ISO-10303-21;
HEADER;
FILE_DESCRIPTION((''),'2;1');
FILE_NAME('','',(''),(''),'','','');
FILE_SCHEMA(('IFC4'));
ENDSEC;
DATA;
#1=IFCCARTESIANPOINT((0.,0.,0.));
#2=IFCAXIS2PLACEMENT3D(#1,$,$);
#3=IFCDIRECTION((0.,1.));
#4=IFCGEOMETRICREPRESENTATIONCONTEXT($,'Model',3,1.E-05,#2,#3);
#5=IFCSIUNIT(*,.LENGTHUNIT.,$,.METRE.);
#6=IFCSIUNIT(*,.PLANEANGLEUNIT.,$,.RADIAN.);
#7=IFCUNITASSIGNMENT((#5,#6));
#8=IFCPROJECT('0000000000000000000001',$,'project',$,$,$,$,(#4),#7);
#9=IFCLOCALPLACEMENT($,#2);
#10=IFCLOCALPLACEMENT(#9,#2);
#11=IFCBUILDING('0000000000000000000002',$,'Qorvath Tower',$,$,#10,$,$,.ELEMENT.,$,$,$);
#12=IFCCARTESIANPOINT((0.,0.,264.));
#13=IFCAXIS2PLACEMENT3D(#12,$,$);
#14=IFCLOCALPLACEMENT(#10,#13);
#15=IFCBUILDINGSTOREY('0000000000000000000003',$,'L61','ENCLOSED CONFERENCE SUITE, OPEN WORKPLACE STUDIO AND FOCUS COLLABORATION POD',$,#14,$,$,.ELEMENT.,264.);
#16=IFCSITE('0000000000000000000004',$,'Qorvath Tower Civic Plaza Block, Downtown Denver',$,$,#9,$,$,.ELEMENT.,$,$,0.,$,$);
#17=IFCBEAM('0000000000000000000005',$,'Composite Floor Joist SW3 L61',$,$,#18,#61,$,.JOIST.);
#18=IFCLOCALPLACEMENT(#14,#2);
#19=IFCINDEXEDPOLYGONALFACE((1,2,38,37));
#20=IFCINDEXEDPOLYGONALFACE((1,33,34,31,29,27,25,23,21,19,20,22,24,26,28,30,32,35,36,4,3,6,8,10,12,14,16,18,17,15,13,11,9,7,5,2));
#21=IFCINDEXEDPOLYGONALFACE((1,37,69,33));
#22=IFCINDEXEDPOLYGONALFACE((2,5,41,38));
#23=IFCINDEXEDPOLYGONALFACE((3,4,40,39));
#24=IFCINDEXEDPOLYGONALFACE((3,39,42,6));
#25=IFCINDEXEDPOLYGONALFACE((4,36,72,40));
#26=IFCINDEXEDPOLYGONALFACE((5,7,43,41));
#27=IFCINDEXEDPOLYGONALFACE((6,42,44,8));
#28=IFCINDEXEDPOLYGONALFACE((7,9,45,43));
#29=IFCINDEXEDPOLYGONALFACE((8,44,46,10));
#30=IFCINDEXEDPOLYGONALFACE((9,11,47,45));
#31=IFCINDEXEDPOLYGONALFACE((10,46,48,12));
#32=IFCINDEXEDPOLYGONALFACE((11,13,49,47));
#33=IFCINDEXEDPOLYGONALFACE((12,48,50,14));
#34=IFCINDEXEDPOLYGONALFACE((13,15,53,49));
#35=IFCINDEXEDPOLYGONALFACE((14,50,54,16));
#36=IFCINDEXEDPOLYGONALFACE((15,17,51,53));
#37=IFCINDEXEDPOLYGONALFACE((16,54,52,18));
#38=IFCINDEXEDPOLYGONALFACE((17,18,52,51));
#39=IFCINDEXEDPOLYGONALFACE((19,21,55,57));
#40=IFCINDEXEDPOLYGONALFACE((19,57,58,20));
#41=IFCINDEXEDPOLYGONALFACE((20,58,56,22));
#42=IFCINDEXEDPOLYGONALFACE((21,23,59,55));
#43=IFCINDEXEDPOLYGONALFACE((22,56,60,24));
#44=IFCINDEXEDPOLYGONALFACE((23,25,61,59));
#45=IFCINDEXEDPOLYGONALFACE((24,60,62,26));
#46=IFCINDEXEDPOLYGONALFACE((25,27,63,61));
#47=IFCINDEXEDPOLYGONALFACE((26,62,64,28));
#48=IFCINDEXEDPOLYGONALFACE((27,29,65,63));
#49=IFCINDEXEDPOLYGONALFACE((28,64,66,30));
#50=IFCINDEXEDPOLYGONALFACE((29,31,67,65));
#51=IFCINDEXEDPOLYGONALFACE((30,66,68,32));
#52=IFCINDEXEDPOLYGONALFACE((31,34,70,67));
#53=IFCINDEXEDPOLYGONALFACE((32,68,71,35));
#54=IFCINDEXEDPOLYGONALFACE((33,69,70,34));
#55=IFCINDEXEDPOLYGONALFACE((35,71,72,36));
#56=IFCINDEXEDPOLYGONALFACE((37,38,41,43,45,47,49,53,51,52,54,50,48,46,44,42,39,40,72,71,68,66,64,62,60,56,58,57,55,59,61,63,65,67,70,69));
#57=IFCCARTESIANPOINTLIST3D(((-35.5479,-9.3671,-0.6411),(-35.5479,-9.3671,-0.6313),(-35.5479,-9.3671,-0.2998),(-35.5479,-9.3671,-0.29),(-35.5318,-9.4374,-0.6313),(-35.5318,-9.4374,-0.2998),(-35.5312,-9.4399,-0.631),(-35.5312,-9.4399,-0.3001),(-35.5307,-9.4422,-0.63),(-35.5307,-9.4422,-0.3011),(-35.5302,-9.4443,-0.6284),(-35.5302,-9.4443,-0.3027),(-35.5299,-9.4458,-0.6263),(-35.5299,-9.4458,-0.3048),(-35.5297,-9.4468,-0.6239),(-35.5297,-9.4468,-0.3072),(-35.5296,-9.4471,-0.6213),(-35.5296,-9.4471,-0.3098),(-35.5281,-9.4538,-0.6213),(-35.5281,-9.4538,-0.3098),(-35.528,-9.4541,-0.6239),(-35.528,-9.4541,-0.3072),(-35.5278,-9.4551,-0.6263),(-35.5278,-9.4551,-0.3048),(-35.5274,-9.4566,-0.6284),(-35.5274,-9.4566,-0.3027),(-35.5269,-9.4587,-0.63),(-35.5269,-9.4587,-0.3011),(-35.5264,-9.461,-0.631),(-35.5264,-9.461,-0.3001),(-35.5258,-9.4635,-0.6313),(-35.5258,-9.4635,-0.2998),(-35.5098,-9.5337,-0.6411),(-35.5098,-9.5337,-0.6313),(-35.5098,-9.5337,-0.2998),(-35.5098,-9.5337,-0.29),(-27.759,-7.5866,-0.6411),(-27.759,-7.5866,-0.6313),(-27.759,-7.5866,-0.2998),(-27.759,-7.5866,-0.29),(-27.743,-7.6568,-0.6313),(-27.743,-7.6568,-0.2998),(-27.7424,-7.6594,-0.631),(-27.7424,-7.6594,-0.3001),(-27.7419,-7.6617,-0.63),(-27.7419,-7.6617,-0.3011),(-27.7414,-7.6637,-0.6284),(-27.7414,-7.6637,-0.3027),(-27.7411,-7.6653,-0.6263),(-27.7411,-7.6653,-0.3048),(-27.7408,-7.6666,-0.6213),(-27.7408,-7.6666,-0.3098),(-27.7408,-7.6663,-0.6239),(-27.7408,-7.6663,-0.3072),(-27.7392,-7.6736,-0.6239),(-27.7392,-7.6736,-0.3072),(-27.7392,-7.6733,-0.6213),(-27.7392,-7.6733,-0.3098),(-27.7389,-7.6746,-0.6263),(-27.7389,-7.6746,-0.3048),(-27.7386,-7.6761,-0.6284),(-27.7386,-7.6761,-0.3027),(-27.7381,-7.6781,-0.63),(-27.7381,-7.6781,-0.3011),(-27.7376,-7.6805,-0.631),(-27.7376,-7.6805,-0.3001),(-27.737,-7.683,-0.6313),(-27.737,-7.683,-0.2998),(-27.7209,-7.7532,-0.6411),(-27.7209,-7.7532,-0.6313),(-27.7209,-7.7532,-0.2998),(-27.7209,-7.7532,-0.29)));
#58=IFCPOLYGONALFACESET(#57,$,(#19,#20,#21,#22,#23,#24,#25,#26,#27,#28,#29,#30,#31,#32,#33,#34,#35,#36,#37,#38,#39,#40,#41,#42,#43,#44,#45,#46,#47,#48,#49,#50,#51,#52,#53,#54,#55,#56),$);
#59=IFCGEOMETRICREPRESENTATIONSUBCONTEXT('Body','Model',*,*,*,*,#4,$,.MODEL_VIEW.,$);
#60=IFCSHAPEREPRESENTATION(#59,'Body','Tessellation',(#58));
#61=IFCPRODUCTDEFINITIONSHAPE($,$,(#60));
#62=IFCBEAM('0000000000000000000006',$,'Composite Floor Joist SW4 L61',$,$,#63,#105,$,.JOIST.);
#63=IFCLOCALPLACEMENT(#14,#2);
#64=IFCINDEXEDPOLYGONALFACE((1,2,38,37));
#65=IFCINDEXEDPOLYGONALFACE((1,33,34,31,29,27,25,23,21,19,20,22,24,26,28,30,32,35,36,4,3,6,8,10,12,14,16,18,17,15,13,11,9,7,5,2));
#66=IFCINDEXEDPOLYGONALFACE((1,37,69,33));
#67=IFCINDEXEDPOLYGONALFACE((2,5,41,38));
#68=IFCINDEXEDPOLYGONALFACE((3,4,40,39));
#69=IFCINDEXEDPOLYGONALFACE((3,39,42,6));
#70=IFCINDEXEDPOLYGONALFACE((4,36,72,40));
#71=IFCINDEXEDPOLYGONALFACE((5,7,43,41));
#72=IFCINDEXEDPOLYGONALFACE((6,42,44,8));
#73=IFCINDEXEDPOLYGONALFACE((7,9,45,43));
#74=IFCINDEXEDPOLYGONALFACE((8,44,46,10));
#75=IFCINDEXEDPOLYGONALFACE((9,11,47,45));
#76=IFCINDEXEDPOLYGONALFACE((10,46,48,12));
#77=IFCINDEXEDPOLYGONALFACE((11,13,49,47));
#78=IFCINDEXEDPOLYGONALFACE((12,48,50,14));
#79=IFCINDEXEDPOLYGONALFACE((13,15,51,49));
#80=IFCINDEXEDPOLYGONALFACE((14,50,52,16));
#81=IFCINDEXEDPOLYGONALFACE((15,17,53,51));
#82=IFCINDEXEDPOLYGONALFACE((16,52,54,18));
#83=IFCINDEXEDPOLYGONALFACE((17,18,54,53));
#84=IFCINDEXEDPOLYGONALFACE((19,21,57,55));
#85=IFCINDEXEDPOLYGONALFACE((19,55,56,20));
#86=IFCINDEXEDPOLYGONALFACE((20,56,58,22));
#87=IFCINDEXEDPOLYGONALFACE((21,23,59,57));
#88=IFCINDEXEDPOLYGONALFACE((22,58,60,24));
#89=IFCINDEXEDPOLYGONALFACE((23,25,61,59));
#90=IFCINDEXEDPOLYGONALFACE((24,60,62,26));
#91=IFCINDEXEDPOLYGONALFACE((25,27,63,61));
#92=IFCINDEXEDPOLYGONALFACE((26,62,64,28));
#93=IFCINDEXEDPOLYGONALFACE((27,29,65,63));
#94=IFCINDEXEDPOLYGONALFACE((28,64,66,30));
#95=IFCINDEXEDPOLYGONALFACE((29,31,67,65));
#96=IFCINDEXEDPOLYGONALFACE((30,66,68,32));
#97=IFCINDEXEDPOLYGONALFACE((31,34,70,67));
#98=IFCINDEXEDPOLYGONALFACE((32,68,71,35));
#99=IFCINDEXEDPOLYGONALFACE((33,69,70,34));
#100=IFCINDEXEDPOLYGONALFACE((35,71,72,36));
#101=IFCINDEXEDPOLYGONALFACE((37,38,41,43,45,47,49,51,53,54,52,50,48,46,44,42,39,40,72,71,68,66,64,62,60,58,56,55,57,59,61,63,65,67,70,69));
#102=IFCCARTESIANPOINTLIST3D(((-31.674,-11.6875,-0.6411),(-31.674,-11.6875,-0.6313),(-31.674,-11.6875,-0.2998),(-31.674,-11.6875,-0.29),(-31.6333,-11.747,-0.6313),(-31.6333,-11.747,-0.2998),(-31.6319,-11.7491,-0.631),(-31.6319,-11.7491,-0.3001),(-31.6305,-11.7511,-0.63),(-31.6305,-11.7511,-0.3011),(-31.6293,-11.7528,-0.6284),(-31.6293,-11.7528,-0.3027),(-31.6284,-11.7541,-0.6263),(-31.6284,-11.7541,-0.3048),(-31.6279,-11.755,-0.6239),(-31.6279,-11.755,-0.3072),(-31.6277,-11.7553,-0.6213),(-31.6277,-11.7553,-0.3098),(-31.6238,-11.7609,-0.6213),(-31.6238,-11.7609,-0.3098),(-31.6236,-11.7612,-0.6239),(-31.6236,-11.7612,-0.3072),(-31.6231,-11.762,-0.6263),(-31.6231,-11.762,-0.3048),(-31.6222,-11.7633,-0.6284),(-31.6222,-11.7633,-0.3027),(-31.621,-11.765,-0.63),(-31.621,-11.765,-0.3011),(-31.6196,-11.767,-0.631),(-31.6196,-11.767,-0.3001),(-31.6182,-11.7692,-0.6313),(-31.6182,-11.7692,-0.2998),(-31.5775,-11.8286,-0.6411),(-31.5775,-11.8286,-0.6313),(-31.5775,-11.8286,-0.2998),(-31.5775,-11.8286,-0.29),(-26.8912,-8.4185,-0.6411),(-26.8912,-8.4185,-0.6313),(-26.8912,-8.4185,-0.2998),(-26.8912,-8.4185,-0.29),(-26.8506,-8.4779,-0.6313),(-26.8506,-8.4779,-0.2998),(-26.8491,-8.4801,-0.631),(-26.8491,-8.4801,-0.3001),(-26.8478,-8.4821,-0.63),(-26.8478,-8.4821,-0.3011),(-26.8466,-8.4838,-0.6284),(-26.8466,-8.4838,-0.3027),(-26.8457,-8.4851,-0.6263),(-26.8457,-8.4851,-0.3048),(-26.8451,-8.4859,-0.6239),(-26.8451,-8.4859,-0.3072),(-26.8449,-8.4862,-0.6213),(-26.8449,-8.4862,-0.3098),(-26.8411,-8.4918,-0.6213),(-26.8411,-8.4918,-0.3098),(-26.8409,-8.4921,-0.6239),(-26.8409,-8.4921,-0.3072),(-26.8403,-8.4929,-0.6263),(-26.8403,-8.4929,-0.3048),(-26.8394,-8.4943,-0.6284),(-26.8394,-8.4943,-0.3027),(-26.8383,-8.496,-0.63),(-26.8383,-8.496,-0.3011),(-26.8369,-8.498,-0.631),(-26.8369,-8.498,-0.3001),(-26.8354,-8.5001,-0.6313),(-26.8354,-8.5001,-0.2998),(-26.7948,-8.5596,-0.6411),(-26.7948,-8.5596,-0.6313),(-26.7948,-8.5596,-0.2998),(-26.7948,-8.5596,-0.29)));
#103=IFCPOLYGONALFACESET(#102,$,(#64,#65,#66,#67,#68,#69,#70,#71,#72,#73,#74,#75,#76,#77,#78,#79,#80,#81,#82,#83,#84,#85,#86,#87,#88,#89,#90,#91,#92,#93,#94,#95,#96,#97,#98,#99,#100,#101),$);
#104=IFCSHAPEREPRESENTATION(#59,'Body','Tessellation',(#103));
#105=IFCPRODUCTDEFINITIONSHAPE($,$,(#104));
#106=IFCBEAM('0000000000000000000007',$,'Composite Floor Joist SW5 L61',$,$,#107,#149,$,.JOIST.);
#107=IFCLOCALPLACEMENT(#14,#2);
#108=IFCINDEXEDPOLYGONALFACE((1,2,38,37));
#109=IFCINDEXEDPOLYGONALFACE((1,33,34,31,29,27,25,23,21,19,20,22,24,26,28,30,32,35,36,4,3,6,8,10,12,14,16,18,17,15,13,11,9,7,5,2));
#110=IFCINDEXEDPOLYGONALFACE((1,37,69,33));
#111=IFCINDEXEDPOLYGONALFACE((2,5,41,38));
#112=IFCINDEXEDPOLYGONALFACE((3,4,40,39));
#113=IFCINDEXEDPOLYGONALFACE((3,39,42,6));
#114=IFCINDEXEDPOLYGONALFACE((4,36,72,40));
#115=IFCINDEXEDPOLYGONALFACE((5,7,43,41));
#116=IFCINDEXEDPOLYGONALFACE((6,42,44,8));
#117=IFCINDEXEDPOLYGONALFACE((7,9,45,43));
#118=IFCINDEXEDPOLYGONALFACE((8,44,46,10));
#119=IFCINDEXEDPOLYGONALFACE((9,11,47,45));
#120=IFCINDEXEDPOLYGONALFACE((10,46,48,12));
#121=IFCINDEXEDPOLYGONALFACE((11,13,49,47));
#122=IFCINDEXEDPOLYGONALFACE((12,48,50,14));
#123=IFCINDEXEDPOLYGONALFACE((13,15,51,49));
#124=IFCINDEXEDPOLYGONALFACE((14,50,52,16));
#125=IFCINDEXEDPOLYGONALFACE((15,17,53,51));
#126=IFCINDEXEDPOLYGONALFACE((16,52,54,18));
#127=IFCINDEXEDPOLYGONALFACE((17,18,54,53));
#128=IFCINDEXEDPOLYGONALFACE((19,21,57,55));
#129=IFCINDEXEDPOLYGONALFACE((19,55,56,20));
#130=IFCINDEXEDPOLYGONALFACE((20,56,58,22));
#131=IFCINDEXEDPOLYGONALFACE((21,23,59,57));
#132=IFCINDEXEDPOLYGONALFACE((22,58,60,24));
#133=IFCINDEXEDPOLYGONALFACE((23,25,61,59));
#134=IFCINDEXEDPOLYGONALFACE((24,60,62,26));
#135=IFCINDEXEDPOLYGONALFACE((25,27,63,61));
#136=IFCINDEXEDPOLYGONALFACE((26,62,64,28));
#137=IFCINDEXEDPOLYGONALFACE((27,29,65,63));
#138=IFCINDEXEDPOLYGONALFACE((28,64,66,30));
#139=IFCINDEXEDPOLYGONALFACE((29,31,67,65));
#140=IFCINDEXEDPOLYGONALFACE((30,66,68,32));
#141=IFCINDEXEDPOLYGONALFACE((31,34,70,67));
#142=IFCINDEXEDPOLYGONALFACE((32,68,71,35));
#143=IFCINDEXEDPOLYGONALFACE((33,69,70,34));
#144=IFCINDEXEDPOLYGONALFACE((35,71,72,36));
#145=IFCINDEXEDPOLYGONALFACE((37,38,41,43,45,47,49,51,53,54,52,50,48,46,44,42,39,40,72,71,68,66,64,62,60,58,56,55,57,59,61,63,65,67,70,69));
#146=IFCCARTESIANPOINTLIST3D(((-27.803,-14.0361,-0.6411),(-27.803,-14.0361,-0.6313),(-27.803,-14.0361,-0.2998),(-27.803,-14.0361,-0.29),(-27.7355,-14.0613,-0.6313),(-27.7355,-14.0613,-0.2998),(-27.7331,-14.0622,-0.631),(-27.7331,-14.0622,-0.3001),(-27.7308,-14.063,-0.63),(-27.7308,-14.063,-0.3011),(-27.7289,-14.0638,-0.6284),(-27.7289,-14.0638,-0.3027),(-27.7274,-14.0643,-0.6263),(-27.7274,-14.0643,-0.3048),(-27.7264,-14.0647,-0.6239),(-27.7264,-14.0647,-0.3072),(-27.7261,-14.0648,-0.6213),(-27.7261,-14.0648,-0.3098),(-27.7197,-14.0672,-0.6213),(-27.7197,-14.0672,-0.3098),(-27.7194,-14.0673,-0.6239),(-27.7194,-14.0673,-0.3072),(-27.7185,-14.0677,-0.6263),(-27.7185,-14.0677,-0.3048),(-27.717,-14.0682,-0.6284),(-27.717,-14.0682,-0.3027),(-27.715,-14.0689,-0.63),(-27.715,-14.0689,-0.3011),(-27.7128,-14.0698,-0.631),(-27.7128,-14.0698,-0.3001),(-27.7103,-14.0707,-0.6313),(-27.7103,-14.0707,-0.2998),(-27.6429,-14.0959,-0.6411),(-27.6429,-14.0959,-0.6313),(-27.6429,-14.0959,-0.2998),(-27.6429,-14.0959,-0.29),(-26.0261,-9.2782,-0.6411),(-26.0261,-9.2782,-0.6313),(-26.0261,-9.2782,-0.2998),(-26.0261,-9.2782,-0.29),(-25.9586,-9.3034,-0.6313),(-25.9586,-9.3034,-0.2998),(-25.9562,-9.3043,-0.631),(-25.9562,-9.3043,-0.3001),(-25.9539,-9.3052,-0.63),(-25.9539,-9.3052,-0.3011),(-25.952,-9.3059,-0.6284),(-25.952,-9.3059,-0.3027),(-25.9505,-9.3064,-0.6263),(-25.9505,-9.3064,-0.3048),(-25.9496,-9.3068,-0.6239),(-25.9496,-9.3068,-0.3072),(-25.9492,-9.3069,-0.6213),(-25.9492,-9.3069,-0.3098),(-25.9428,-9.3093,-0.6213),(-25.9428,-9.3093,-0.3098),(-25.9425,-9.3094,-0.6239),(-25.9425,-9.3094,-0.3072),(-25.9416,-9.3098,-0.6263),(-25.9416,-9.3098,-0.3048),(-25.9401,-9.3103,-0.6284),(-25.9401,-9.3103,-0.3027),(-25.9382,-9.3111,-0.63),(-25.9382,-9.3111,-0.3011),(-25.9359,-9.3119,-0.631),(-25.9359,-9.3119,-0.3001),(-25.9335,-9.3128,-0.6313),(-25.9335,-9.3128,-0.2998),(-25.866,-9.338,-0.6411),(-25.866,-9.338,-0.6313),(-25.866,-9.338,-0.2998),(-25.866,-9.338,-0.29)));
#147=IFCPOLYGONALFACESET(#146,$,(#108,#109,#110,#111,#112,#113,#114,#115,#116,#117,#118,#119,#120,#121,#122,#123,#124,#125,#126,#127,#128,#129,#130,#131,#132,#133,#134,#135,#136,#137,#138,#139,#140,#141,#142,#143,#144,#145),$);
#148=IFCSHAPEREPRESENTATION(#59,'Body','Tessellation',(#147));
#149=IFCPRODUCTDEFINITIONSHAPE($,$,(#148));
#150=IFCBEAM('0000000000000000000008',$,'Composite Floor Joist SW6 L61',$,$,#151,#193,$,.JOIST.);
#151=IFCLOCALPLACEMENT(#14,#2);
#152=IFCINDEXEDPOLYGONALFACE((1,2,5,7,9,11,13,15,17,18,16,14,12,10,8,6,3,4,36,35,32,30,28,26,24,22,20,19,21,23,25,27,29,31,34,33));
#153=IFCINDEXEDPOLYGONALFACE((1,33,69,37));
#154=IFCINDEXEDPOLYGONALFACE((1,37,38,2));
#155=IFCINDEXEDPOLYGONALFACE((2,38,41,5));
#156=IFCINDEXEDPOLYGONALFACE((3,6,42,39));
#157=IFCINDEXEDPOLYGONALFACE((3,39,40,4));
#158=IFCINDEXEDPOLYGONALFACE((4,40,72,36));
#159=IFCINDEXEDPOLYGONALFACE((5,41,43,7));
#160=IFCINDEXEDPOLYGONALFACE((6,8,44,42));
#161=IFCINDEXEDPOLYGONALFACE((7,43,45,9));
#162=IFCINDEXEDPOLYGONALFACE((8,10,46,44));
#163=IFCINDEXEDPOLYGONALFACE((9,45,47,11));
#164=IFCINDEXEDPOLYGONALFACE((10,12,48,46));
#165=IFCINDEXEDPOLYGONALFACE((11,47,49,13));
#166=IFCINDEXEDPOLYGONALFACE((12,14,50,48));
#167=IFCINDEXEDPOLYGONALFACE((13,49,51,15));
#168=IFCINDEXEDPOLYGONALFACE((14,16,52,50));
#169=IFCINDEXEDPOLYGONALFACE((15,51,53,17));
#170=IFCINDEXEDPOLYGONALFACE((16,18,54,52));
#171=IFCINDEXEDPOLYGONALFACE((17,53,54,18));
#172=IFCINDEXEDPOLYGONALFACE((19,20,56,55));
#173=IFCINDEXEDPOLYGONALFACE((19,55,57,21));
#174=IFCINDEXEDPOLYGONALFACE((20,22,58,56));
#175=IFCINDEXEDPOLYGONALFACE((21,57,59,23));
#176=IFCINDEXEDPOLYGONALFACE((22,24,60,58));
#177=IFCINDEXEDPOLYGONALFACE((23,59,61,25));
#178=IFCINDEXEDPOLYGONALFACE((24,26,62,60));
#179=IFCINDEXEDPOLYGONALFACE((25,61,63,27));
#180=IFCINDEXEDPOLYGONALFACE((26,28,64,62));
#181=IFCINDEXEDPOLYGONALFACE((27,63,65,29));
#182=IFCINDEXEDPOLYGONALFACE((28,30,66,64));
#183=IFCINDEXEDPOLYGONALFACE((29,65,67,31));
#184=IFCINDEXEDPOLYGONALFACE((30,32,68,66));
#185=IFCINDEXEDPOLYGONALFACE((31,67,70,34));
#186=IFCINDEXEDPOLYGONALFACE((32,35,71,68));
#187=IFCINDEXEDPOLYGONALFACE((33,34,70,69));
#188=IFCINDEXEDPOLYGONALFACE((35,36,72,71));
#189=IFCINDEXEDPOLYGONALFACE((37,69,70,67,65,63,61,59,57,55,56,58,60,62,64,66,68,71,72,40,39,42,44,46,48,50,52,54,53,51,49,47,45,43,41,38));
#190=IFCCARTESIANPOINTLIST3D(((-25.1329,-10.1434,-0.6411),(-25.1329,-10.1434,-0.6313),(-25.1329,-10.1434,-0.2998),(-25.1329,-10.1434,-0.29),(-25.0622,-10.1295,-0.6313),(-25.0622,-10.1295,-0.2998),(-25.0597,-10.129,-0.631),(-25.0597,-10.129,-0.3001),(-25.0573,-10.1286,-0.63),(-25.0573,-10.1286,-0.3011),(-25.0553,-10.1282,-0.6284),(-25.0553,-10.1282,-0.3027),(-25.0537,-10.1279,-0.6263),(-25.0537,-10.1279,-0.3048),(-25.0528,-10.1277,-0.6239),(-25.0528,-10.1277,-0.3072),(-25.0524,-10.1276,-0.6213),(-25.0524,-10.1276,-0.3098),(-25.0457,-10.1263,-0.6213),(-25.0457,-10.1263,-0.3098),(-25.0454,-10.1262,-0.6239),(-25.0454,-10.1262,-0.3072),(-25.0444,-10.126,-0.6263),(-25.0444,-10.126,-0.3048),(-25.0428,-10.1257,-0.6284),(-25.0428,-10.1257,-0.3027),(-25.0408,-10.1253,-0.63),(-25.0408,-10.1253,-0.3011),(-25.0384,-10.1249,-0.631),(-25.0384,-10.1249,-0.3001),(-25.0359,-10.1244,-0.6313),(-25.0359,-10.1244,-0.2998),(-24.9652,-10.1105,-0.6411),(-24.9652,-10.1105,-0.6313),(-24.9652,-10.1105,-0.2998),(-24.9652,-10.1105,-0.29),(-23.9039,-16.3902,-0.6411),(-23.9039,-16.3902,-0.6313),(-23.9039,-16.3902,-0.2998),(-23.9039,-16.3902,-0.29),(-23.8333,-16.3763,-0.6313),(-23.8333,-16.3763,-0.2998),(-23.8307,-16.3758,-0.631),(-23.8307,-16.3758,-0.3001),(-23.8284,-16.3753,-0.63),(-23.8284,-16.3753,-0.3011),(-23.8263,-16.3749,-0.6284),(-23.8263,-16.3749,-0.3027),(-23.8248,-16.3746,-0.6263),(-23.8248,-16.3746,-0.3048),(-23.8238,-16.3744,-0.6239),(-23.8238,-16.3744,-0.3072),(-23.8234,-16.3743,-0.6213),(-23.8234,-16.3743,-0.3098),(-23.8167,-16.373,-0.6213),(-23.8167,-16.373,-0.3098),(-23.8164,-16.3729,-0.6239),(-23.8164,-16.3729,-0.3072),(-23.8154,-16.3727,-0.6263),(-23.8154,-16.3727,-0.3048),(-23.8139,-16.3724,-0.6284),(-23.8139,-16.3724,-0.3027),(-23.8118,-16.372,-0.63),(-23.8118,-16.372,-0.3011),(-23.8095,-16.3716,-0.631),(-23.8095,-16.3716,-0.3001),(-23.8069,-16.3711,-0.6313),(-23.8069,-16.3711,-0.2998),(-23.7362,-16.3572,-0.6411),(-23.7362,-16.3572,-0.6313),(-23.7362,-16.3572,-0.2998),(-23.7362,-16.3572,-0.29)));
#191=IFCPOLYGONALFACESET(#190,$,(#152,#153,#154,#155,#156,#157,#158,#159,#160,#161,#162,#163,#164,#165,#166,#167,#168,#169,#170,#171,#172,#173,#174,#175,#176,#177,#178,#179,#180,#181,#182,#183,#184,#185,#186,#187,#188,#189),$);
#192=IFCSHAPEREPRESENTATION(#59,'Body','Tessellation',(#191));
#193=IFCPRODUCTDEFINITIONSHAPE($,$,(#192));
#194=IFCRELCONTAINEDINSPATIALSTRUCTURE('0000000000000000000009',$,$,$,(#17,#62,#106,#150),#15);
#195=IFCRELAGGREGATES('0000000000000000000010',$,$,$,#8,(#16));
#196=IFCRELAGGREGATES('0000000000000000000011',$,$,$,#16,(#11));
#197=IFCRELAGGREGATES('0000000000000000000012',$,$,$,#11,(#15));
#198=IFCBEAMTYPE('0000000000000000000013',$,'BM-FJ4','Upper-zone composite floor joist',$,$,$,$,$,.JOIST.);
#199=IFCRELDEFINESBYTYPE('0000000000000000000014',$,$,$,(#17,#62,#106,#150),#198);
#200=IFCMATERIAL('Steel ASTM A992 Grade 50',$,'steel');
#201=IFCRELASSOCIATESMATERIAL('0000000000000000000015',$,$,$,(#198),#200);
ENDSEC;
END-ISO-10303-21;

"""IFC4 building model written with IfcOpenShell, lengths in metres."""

from ifc_helpers import new_model, si_unit, direction, frame, origin, origin_2d, place, context, subcontext, project, spatial, i_section, extrude, material, material_profile, profile_set, type_object, element, save


model = new_model("IFC4")

# Units and contexts
model_context = context("Model", 3, precision=1e-05, world=origin(), true_north=direction((0.0, 1.0)))
body_context = subcontext(model_context, "Body", "Model", "MODEL_VIEW")
ifc_project = project(units=[si_unit("LENGTHUNIT", "METRE"), si_unit("PLANEANGLEUNIT", "RADIAN")], contexts=[model_context])

# Site, building, storey
site_placement = place(None, origin())
site = spatial("IfcSite", under=ifc_project, at=site_placement, Name="Qorvath Tower Civic Plaza Block, Downtown Denver", CompositionType="ELEMENT", RefElevation=0.0)
building_placement = place(site_placement, origin())
building = spatial("IfcBuilding", under=site, at=building_placement, Name="Qorvath Tower", CompositionType="ELEMENT")
storey_placement = place(building_placement, frame((0.0, 0.0, 264.0)))
storey = spatial("IfcBuildingStorey", under=building, at=storey_placement, Name="L61", Description="ENCLOSED CONFERENCE SUITE, OPEN WORKPLACE STUDIO AND FOCUS COLLABORATION POD", CompositionType="ELEMENT", Elevation=264.0)

# Beams
ifc_material_1 = material(Name="Steel ASTM A992 Grade 50", Category="steel")
ifc_material_profile_1 = material_profile(ifc_material_1, i_section(OverallWidth=0.1709, OverallDepth=0.3511, WebThickness=0.0068, FlangeThickness=0.0098, FilletRadius=0.01, at=origin_2d()), Name="W14x30")
ifc_profile_set_1 = profile_set([ifc_material_profile_1], Name="Steel ASTM A992 Grade 50")
beam_type_1 = type_object("IfcBeamType", Name="BM-FJ4", Description="Upper-zone composite floor joist", PredefinedType="JOIST", material=ifc_profile_set_1)
beam_1_placement = place(storey_placement, frame((-27.74, -7.6699, -0.4656), z_axis=(-0.974853, -0.222851, 0.0), x_axis=(0.222851, -0.974853, 0.0)))
element("IfcBeam", 1, at=beam_1_placement, inside=storey, type_object=beam_type_1, Name="Composite Floor Joist SW3 L61", PredefinedType="JOIST", context=body_context, shape_type="SweptSolid", body=[
    extrude(i_section(OverallWidth=0.1709, OverallDepth=0.3511, WebThickness=0.0068, FlangeThickness=0.0098, FilletRadius=0.01, at=origin_2d()), origin(), (0.0, 0.0, 1.0), 7.9897),
])
beam_2_placement = place(storey_placement, frame((-26.843, -8.489, -0.4656), z_axis=(-0.825576, -0.564291, 0.0), x_axis=(0.564291, -0.825576, 0.0)))
element("IfcBeam", 2, at=beam_2_placement, inside=storey, type_object=beam_type_1, Name="Composite Floor Joist SW4 L61", PredefinedType="JOIST", context=body_context, shape_type="SweptSolid", body=[
    extrude(i_section(OverallWidth=0.1709, OverallDepth=0.3511, WebThickness=0.0068, FlangeThickness=0.0098, FilletRadius=0.01, at=origin_2d()), origin(), (0.0, 0.0, 1.0), 5.7932),
])
beam_3_placement = place(storey_placement, frame((-25.946, -9.3081, -0.4656), z_axis=(-0.349859, -0.936802, 0.0), x_axis=(0.936802, -0.349859, 0.0)))
element("IfcBeam", 3, at=beam_3_placement, inside=storey, type_object=beam_type_1, Name="Composite Floor Joist SW5 L61", PredefinedType="JOIST", context=body_context, shape_type="SweptSolid", body=[
    extrude(i_section(OverallWidth=0.1709, OverallDepth=0.3511, WebThickness=0.0068, FlangeThickness=0.0098, FilletRadius=0.01, at=origin_2d()), origin(), (0.0, 0.0, 1.0), 5.0789),
])
beam_4_placement = place(storey_placement, frame((-25.0491, -10.127, -0.4656), z_axis=(0.19304, -0.981191, 0.0), x_axis=(0.981191, 0.19304, 0.0)))
element("IfcBeam", 4, at=beam_4_placement, inside=storey, type_object=beam_type_1, Name="Composite Floor Joist SW6 L61", PredefinedType="JOIST", context=body_context, shape_type="SweptSolid", body=[
    extrude(i_section(OverallWidth=0.1709, OverallDepth=0.3511, WebThickness=0.0068, FlangeThickness=0.0098, FilletRadius=0.01, at=origin_2d()), origin(), (0.0, 0.0, 1.0), 6.3665),
])

save(model, "model.ifc")
